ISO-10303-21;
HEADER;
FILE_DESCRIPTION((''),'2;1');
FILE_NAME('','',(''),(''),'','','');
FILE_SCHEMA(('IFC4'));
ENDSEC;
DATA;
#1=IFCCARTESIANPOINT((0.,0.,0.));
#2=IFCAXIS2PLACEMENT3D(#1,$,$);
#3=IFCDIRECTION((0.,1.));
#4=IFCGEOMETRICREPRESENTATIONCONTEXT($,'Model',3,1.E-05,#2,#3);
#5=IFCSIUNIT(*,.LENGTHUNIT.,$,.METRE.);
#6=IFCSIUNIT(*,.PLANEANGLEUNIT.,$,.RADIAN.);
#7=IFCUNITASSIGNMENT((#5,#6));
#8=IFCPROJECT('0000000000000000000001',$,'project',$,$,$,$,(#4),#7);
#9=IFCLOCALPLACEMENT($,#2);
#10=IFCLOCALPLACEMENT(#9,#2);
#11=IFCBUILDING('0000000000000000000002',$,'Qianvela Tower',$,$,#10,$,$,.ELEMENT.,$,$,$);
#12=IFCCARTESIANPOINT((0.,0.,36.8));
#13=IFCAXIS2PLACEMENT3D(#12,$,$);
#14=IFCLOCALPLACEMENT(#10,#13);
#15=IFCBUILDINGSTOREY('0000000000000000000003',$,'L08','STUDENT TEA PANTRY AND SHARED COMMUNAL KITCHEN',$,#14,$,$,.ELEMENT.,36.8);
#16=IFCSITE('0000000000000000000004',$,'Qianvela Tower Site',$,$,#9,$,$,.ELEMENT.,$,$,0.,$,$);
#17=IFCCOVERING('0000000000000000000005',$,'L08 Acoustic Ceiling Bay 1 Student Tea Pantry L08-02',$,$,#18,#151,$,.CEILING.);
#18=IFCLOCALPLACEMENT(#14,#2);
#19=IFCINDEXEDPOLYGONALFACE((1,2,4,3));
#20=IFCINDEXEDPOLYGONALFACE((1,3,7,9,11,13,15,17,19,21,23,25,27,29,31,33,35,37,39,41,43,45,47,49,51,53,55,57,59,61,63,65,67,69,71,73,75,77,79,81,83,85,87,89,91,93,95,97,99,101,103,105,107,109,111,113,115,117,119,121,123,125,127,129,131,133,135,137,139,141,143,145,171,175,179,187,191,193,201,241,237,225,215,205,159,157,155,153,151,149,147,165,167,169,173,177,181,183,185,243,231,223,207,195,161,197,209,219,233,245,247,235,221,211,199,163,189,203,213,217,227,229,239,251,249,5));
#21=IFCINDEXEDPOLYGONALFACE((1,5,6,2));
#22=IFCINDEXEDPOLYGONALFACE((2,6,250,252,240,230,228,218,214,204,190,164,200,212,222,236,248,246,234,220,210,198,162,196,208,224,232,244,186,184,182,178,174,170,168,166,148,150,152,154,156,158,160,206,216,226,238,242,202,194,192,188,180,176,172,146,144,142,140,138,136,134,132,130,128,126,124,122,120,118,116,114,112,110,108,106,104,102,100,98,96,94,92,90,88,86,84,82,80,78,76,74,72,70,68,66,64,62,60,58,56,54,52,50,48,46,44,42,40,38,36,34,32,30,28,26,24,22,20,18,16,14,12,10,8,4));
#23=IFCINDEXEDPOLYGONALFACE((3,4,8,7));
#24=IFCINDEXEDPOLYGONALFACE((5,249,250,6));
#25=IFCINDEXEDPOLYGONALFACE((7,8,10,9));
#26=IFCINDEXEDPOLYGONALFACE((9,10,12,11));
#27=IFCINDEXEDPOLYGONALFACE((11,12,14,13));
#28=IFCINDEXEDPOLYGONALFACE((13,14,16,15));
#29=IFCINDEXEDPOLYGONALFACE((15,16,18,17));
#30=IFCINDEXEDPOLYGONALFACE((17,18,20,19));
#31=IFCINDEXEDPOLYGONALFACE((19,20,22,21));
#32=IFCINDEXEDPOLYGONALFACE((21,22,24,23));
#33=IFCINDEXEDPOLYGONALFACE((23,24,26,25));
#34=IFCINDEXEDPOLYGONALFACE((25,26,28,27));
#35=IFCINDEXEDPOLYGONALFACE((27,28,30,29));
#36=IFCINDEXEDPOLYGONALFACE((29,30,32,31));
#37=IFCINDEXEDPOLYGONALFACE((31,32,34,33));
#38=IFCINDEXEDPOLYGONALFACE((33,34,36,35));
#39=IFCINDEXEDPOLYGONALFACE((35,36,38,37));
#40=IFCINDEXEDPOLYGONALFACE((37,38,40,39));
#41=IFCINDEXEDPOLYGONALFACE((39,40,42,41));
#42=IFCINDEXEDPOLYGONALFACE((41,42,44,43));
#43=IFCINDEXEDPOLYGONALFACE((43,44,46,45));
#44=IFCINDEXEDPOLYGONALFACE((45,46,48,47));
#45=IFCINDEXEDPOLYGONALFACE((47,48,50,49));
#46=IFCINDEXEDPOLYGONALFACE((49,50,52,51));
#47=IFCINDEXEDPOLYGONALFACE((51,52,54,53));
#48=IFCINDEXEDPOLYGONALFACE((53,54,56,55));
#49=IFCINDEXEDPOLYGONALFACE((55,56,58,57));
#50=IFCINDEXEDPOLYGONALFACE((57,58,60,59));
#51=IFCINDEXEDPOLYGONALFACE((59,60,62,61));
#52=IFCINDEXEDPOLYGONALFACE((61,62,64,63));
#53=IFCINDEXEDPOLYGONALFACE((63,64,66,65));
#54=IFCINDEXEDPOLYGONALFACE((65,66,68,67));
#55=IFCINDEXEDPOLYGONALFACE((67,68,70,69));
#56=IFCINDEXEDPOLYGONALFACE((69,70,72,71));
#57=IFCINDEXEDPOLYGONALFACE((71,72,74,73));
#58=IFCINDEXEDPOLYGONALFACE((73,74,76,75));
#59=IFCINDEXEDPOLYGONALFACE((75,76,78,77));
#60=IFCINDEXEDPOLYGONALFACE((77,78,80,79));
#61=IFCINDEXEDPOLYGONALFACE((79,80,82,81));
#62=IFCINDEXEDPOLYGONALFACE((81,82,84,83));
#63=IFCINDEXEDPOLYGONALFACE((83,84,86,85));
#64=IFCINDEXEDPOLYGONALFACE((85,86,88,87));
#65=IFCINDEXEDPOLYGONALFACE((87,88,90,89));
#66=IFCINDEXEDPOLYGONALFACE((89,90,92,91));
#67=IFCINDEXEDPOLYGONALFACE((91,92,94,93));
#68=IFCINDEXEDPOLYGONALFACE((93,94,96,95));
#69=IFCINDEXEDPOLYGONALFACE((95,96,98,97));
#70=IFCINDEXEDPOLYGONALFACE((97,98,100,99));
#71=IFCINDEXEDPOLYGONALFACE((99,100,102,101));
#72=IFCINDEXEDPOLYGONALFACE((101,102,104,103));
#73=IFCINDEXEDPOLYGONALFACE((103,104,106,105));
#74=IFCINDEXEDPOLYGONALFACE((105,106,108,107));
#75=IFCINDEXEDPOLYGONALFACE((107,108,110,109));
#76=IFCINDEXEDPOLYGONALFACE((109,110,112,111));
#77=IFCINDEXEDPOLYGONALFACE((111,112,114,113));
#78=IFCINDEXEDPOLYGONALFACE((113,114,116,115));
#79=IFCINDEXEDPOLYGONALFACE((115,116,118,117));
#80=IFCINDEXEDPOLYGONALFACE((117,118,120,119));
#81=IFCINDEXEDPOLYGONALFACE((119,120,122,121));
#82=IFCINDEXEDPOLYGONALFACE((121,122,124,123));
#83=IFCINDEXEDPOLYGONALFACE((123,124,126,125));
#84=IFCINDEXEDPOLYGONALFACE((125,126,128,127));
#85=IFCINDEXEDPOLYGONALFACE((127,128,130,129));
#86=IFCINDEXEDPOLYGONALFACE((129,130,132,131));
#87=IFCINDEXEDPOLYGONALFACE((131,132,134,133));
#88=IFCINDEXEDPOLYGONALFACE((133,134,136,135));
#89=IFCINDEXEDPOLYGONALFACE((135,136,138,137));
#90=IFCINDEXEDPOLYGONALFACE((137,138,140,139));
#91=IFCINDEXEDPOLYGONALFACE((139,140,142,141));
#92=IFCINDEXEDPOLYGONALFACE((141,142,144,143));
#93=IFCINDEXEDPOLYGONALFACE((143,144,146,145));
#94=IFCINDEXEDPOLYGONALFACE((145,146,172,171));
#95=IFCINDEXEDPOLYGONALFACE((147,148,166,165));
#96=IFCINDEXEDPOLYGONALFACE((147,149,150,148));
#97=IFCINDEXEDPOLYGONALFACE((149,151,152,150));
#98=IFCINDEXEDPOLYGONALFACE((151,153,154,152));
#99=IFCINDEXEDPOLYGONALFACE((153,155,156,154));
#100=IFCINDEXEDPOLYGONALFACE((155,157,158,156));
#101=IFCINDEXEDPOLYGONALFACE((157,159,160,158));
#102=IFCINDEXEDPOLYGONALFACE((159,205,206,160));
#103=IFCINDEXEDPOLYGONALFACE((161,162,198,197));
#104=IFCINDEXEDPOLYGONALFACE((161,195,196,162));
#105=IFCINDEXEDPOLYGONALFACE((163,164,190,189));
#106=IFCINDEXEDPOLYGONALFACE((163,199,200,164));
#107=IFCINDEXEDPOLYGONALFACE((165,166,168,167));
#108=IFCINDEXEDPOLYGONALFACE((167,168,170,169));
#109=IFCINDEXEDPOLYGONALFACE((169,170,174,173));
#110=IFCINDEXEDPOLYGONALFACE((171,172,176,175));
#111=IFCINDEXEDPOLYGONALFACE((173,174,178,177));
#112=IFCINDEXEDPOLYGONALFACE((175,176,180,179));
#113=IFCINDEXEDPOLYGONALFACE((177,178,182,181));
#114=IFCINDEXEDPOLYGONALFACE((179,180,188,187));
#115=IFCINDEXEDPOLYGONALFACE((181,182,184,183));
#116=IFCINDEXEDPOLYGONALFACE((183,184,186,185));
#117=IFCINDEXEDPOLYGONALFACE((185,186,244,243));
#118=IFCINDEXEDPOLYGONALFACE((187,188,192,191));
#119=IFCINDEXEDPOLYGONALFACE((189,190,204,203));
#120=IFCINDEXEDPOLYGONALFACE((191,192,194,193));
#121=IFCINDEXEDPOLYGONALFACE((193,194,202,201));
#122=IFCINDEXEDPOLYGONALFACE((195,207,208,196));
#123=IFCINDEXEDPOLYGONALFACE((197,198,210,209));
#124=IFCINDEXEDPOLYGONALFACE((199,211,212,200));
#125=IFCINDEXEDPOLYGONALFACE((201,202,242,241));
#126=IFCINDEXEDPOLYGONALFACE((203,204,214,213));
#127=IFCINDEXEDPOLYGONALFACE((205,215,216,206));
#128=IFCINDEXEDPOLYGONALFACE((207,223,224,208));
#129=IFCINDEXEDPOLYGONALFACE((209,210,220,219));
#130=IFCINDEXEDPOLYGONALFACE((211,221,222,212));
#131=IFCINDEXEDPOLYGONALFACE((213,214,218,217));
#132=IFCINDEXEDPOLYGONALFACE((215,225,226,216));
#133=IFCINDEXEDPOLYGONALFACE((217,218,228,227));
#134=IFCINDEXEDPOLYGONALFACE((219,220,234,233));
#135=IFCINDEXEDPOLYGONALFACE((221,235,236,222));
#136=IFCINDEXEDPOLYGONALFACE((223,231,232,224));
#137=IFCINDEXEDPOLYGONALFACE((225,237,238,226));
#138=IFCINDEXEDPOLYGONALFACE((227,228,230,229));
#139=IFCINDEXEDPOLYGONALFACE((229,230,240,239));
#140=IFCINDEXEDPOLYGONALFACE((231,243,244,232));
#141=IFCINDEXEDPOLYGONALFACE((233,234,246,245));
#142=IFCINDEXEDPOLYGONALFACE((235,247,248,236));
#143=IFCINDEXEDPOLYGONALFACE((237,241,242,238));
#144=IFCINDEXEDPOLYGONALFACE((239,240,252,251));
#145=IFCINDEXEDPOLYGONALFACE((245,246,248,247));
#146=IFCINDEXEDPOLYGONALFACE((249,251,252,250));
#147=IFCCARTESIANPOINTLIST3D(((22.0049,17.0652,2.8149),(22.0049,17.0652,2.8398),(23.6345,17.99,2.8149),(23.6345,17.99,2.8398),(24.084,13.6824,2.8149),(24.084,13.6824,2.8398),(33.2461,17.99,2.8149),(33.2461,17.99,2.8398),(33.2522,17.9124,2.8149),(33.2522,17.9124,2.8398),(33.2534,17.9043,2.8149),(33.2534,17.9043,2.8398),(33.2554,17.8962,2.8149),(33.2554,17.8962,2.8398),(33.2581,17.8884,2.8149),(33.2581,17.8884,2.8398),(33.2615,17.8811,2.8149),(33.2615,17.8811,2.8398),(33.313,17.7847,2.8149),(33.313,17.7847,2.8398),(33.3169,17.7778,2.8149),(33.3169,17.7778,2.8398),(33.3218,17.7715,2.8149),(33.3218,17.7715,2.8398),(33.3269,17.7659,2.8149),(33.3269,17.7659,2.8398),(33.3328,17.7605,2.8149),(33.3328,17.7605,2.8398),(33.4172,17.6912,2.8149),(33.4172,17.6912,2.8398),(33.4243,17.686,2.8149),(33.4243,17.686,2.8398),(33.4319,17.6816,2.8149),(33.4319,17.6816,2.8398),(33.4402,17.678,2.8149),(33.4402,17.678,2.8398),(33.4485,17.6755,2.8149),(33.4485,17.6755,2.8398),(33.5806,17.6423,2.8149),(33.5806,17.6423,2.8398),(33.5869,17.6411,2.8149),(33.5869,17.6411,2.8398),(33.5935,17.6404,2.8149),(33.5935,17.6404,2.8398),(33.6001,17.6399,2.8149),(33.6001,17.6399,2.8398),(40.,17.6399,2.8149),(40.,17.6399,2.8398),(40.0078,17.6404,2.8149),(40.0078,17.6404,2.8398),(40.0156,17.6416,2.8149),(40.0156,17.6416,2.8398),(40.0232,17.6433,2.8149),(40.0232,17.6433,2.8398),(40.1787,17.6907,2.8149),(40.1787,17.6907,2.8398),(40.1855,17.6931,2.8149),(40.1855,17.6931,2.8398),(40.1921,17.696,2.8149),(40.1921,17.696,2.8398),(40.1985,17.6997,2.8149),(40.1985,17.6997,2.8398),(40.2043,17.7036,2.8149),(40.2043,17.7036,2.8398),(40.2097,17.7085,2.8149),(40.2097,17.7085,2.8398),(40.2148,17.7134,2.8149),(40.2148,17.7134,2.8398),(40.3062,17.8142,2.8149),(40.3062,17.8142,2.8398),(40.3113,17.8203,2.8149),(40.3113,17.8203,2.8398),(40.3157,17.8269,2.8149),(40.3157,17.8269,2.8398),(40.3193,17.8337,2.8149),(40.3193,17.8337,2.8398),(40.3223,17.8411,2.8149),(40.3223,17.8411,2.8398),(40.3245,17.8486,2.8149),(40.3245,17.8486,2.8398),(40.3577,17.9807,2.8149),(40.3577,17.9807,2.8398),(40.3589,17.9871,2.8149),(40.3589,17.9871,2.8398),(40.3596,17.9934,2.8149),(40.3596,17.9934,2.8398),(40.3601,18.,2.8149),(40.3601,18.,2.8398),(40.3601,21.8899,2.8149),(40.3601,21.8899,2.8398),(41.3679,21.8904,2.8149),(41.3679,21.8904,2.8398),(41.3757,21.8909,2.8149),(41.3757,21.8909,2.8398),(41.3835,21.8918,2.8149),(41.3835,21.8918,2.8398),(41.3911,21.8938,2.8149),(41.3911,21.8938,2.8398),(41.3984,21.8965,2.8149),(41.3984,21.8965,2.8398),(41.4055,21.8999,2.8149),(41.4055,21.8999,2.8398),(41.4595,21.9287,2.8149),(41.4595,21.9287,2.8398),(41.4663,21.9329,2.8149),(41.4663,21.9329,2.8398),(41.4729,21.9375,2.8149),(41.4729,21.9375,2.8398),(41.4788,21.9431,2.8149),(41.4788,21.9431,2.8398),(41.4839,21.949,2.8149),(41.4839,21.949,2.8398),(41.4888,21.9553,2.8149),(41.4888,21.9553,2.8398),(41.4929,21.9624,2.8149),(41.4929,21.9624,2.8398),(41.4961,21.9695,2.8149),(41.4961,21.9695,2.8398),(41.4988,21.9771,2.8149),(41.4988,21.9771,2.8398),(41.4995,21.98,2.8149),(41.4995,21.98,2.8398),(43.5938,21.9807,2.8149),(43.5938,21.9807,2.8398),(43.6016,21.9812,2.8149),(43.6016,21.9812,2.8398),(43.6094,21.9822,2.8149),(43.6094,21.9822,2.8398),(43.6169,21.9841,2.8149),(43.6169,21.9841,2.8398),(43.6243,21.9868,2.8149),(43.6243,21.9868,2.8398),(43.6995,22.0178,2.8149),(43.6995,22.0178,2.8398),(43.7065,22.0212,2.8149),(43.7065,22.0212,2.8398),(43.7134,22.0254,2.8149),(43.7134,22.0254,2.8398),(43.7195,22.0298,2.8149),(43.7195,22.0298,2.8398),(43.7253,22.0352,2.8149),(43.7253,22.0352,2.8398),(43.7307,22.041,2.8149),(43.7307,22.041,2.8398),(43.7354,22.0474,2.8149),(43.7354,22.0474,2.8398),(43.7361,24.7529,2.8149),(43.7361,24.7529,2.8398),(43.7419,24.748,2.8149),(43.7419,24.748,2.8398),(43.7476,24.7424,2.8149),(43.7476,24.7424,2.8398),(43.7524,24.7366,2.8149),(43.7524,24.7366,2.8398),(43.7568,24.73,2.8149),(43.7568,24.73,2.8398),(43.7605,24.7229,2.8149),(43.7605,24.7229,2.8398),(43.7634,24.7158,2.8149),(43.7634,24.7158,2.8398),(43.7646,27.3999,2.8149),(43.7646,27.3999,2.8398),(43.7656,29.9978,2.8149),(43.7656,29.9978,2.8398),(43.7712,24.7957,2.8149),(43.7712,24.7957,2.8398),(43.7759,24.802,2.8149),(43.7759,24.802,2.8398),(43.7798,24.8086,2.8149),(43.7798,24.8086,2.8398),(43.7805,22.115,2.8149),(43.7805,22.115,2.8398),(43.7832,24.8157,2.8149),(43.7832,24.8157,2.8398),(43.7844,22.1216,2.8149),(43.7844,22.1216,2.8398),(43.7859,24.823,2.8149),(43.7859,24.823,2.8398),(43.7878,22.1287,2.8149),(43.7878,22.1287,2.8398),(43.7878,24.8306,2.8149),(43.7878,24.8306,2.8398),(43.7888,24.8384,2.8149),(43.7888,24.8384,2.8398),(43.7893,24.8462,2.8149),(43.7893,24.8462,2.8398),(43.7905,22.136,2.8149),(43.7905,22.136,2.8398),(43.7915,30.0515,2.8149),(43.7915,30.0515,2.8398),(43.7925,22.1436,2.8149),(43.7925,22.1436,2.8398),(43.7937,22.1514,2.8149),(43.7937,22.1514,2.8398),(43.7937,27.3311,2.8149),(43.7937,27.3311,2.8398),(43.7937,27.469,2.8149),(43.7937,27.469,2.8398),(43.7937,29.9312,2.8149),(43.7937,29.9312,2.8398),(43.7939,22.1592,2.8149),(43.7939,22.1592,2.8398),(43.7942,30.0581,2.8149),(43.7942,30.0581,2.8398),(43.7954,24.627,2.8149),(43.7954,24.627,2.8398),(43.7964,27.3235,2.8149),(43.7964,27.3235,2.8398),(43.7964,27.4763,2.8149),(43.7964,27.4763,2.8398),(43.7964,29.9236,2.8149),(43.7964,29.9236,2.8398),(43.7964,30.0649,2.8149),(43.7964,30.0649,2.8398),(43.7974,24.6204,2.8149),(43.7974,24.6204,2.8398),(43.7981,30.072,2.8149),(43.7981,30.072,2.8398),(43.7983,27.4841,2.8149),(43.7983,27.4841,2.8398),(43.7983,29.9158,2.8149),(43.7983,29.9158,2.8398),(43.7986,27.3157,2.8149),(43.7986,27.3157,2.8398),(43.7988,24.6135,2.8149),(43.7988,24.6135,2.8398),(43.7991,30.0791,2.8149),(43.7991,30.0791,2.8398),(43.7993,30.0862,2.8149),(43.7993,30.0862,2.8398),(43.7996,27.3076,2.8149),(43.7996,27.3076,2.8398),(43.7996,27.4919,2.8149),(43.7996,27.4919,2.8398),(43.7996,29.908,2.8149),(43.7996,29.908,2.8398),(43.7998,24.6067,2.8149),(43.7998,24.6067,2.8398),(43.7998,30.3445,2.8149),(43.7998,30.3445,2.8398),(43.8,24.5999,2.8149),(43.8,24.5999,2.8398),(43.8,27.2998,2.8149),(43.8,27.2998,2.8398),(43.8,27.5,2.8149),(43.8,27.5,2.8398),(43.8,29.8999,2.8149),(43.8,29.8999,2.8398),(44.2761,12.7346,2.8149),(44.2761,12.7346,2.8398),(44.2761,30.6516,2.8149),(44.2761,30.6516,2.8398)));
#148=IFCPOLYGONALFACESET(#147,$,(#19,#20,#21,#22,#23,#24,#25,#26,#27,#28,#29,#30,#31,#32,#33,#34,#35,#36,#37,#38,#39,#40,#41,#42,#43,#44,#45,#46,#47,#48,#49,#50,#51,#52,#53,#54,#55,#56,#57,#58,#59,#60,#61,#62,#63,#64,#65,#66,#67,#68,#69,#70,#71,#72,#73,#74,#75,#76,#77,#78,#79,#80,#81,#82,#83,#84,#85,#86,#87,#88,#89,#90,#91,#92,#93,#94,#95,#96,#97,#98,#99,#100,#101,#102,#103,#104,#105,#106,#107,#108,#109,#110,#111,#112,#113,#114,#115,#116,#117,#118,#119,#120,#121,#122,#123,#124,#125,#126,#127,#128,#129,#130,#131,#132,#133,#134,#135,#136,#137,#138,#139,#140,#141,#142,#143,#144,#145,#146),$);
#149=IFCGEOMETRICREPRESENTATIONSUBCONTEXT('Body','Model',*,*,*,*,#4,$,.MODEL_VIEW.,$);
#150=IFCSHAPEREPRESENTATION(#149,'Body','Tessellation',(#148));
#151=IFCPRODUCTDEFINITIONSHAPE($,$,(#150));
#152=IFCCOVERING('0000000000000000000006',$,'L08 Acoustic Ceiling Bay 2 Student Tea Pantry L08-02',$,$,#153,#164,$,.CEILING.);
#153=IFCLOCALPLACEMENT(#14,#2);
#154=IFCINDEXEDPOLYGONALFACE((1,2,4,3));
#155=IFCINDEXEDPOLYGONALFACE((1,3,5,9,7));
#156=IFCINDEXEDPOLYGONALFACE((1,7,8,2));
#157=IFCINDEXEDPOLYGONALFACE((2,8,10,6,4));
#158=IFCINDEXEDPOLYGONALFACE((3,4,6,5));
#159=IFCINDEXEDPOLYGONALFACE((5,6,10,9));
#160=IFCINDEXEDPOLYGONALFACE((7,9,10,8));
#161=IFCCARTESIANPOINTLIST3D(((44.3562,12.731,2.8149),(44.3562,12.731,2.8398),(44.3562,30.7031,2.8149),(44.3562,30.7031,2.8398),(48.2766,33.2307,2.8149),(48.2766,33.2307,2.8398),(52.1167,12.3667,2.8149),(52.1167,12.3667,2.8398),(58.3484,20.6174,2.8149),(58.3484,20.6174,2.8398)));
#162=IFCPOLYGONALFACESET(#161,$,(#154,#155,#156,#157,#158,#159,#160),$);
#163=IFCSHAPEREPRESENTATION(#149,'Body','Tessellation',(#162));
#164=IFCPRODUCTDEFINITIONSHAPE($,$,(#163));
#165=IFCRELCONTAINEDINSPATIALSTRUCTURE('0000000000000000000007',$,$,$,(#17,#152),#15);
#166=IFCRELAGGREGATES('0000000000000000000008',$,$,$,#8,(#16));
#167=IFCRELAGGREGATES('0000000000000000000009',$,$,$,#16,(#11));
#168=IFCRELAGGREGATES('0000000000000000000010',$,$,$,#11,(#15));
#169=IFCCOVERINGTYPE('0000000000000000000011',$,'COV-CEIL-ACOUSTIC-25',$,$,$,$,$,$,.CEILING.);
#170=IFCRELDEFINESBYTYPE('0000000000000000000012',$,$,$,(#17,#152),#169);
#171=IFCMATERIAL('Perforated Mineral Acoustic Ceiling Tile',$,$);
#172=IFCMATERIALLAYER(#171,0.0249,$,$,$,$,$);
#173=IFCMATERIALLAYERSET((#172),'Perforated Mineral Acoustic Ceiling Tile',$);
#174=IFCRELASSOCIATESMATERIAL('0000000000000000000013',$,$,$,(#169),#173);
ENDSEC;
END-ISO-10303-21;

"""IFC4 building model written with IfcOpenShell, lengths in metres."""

from ifc_helpers import new_model, si_unit, direction, frame, origin, place, context, subcontext, project, spatial, polyline, outline, extrude, material, layer, layer_set, type_object, element, save


model = new_model("IFC4")

# Units and contexts
model_context = context("Model", 3, precision=1e-05, world=origin(), true_north=direction((0.0, 1.0)))
body_context = subcontext(model_context, "Body", "Model", "MODEL_VIEW")
ifc_project = project(units=[si_unit("LENGTHUNIT", "METRE"), si_unit("PLANEANGLEUNIT", "RADIAN")], contexts=[model_context])

# Site, building, storey
site_placement = place(None, origin())
site = spatial("IfcSite", under=ifc_project, at=site_placement, Name="Qianvela Tower Site", CompositionType="ELEMENT", RefElevation=0.0)
building_placement = place(site_placement, origin())
building = spatial("IfcBuilding", under=site, at=building_placement, Name="Qianvela Tower", CompositionType="ELEMENT")
storey_placement = place(building_placement, frame((0.0, 0.0, 36.8)))
storey = spatial("IfcBuildingStorey", under=building, at=storey_placement, Name="L08", Description="STUDENT TEA PANTRY AND SHARED COMMUNAL KITCHEN", CompositionType="ELEMENT", Elevation=36.8)

# Coverings
ifc_material_1 = material(Name="Perforated Mineral Acoustic Ceiling Tile")
ifc_layer_1 = layer(ifc_material_1, 0.0249)
ifc_layer_set_1 = layer_set([ifc_layer_1], Name="Perforated Mineral Acoustic Ceiling Tile")
covering_type_1 = type_object("IfcCoveringType", Name="COV-CEIL-ACOUSTIC-25", PredefinedType="CEILING", material=ifc_layer_set_1)
covering_1_placement = place(storey_placement, frame((0.0, 0.0, 2.8149)))
element("IfcCovering", 1, at=covering_1_placement, inside=storey, type_object=covering_type_1, Name="L08 Acoustic Ceiling Bay 1 Student Tea Pantry L08-02", PredefinedType="CEILING", context=body_context, shape_type="SweptSolid", body=[
    extrude(outline(polyline([(33.2461, 17.99), (33.2522, 17.9124), (33.2534, 17.9043), (33.2554, 17.8962), (33.2581, 17.8884), (33.2615, 17.8811), (33.313, 17.7847), (33.3169, 17.7778), (33.3218, 17.7715), (33.3269, 17.7659), (33.3328, 17.7605), (33.4172, 17.6912), (33.4243, 17.686), (33.4319, 17.6816), (33.4402, 17.678), (33.4485, 17.6755), (33.5806, 17.6423), (33.5869, 17.6411), (33.5935, 17.6404), (33.6001, 17.6399), (40.0, 17.6399), (40.0078, 17.6404), (40.0156, 17.6416), (40.0232, 17.6433), (40.1787, 17.6907), (40.1855, 17.6931), (40.1921, 17.696), (40.1985, 17.6997), (40.2043, 17.7036), (40.2097, 17.7085), (40.2148, 17.7134), (40.3062, 17.8142), (40.3113, 17.8203), (40.3157, 17.8269), (40.3193, 17.8337), (40.3223, 17.8411), (40.3245, 17.8486), (40.3577, 17.9807), (40.3589, 17.9871), (40.3596, 17.9934), (40.3601, 18.0), (40.3601, 21.8899), (41.3679, 21.8904), (41.3757, 21.8909), (41.3835, 21.8918), (41.3911, 21.8938), (41.3984, 21.8965), (41.4055, 21.8999), (41.4595, 21.9287), (41.4663, 21.9329), (41.4729, 21.9375), (41.4788, 21.9431), (41.4839, 21.949), (41.4888, 21.9553), (41.4929, 21.9624), (41.4961, 21.9695), (41.4988, 21.9771), (41.4995, 21.98), (43.5938, 21.9807), (43.6016, 21.9812), (43.6094, 21.9822), (43.6169, 21.9841), (43.6243, 21.9868), (43.6995, 22.0178), (43.7065, 22.0212), (43.7134, 22.0254), (43.7195, 22.0298), (43.7253, 22.0352), (43.7307, 22.041), (43.7354, 22.0474), (43.7805, 22.115), (43.7844, 22.1216), (43.7878, 22.1287), (43.7905, 22.136), (43.7925, 22.1436), (43.7937, 22.1514), (43.7939, 22.1592), (43.8, 24.5999), (43.7998, 24.6067), (43.7988, 24.6135), (43.7974, 24.6204), (43.7954, 24.627), (43.7634, 24.7158), (43.7605, 24.7229), (43.7568, 24.73), (43.7524, 24.7366), (43.7476, 24.7424), (43.7419, 24.748), (43.7361, 24.7529), (43.7712, 24.7957), (43.7759, 24.802), (43.7798, 24.8086), (43.7832, 24.8157), (43.7859, 24.823), (43.7878, 24.8306), (43.7888, 24.8384), (43.7893, 24.8462), (43.8, 27.2998), (43.7996, 27.3076), (43.7986, 27.3157), (43.7964, 27.3235), (43.7937, 27.3311), (43.7646, 27.3999), (43.7937, 27.469), (43.7964, 27.4763), (43.7983, 27.4841), (43.7996, 27.4919), (43.8, 27.5), (43.8, 29.8999), (43.7996, 29.908), (43.7983, 29.9158), (43.7964, 29.9236), (43.7937, 29.9312), (43.7656, 29.9978), (43.7915, 30.0515), (43.7942, 30.0581), (43.7964, 30.0649), (43.7981, 30.072), (43.7991, 30.0791), (43.7993, 30.0862), (43.7998, 30.3445), (44.2761, 30.6516), (44.2761, 12.7346), (24.084, 13.6824), (22.0049, 17.0652), (23.6345, 17.99), (33.2461, 17.99)])), origin(), (0.0, 0.0, 1.0), 0.0249),
])
covering_2_placement = place(storey_placement, frame((0.0, 0.0, 2.8149)))
element("IfcCovering", 2, at=covering_2_placement, inside=storey, type_object=covering_type_1, Name="L08 Acoustic Ceiling Bay 2 Student Tea Pantry L08-02", PredefinedType="CEILING", context=body_context, shape_type="SweptSolid", body=[
    extrude(outline(polyline([(48.2766, 33.2307), (58.3484, 20.6174), (52.1167, 12.3667), (44.3562, 12.731), (44.3562, 30.7031), (48.2766, 33.2307)])), origin(), (0.0, 0.0, 1.0), 0.0249),
])

save(model, "model.ifc")
